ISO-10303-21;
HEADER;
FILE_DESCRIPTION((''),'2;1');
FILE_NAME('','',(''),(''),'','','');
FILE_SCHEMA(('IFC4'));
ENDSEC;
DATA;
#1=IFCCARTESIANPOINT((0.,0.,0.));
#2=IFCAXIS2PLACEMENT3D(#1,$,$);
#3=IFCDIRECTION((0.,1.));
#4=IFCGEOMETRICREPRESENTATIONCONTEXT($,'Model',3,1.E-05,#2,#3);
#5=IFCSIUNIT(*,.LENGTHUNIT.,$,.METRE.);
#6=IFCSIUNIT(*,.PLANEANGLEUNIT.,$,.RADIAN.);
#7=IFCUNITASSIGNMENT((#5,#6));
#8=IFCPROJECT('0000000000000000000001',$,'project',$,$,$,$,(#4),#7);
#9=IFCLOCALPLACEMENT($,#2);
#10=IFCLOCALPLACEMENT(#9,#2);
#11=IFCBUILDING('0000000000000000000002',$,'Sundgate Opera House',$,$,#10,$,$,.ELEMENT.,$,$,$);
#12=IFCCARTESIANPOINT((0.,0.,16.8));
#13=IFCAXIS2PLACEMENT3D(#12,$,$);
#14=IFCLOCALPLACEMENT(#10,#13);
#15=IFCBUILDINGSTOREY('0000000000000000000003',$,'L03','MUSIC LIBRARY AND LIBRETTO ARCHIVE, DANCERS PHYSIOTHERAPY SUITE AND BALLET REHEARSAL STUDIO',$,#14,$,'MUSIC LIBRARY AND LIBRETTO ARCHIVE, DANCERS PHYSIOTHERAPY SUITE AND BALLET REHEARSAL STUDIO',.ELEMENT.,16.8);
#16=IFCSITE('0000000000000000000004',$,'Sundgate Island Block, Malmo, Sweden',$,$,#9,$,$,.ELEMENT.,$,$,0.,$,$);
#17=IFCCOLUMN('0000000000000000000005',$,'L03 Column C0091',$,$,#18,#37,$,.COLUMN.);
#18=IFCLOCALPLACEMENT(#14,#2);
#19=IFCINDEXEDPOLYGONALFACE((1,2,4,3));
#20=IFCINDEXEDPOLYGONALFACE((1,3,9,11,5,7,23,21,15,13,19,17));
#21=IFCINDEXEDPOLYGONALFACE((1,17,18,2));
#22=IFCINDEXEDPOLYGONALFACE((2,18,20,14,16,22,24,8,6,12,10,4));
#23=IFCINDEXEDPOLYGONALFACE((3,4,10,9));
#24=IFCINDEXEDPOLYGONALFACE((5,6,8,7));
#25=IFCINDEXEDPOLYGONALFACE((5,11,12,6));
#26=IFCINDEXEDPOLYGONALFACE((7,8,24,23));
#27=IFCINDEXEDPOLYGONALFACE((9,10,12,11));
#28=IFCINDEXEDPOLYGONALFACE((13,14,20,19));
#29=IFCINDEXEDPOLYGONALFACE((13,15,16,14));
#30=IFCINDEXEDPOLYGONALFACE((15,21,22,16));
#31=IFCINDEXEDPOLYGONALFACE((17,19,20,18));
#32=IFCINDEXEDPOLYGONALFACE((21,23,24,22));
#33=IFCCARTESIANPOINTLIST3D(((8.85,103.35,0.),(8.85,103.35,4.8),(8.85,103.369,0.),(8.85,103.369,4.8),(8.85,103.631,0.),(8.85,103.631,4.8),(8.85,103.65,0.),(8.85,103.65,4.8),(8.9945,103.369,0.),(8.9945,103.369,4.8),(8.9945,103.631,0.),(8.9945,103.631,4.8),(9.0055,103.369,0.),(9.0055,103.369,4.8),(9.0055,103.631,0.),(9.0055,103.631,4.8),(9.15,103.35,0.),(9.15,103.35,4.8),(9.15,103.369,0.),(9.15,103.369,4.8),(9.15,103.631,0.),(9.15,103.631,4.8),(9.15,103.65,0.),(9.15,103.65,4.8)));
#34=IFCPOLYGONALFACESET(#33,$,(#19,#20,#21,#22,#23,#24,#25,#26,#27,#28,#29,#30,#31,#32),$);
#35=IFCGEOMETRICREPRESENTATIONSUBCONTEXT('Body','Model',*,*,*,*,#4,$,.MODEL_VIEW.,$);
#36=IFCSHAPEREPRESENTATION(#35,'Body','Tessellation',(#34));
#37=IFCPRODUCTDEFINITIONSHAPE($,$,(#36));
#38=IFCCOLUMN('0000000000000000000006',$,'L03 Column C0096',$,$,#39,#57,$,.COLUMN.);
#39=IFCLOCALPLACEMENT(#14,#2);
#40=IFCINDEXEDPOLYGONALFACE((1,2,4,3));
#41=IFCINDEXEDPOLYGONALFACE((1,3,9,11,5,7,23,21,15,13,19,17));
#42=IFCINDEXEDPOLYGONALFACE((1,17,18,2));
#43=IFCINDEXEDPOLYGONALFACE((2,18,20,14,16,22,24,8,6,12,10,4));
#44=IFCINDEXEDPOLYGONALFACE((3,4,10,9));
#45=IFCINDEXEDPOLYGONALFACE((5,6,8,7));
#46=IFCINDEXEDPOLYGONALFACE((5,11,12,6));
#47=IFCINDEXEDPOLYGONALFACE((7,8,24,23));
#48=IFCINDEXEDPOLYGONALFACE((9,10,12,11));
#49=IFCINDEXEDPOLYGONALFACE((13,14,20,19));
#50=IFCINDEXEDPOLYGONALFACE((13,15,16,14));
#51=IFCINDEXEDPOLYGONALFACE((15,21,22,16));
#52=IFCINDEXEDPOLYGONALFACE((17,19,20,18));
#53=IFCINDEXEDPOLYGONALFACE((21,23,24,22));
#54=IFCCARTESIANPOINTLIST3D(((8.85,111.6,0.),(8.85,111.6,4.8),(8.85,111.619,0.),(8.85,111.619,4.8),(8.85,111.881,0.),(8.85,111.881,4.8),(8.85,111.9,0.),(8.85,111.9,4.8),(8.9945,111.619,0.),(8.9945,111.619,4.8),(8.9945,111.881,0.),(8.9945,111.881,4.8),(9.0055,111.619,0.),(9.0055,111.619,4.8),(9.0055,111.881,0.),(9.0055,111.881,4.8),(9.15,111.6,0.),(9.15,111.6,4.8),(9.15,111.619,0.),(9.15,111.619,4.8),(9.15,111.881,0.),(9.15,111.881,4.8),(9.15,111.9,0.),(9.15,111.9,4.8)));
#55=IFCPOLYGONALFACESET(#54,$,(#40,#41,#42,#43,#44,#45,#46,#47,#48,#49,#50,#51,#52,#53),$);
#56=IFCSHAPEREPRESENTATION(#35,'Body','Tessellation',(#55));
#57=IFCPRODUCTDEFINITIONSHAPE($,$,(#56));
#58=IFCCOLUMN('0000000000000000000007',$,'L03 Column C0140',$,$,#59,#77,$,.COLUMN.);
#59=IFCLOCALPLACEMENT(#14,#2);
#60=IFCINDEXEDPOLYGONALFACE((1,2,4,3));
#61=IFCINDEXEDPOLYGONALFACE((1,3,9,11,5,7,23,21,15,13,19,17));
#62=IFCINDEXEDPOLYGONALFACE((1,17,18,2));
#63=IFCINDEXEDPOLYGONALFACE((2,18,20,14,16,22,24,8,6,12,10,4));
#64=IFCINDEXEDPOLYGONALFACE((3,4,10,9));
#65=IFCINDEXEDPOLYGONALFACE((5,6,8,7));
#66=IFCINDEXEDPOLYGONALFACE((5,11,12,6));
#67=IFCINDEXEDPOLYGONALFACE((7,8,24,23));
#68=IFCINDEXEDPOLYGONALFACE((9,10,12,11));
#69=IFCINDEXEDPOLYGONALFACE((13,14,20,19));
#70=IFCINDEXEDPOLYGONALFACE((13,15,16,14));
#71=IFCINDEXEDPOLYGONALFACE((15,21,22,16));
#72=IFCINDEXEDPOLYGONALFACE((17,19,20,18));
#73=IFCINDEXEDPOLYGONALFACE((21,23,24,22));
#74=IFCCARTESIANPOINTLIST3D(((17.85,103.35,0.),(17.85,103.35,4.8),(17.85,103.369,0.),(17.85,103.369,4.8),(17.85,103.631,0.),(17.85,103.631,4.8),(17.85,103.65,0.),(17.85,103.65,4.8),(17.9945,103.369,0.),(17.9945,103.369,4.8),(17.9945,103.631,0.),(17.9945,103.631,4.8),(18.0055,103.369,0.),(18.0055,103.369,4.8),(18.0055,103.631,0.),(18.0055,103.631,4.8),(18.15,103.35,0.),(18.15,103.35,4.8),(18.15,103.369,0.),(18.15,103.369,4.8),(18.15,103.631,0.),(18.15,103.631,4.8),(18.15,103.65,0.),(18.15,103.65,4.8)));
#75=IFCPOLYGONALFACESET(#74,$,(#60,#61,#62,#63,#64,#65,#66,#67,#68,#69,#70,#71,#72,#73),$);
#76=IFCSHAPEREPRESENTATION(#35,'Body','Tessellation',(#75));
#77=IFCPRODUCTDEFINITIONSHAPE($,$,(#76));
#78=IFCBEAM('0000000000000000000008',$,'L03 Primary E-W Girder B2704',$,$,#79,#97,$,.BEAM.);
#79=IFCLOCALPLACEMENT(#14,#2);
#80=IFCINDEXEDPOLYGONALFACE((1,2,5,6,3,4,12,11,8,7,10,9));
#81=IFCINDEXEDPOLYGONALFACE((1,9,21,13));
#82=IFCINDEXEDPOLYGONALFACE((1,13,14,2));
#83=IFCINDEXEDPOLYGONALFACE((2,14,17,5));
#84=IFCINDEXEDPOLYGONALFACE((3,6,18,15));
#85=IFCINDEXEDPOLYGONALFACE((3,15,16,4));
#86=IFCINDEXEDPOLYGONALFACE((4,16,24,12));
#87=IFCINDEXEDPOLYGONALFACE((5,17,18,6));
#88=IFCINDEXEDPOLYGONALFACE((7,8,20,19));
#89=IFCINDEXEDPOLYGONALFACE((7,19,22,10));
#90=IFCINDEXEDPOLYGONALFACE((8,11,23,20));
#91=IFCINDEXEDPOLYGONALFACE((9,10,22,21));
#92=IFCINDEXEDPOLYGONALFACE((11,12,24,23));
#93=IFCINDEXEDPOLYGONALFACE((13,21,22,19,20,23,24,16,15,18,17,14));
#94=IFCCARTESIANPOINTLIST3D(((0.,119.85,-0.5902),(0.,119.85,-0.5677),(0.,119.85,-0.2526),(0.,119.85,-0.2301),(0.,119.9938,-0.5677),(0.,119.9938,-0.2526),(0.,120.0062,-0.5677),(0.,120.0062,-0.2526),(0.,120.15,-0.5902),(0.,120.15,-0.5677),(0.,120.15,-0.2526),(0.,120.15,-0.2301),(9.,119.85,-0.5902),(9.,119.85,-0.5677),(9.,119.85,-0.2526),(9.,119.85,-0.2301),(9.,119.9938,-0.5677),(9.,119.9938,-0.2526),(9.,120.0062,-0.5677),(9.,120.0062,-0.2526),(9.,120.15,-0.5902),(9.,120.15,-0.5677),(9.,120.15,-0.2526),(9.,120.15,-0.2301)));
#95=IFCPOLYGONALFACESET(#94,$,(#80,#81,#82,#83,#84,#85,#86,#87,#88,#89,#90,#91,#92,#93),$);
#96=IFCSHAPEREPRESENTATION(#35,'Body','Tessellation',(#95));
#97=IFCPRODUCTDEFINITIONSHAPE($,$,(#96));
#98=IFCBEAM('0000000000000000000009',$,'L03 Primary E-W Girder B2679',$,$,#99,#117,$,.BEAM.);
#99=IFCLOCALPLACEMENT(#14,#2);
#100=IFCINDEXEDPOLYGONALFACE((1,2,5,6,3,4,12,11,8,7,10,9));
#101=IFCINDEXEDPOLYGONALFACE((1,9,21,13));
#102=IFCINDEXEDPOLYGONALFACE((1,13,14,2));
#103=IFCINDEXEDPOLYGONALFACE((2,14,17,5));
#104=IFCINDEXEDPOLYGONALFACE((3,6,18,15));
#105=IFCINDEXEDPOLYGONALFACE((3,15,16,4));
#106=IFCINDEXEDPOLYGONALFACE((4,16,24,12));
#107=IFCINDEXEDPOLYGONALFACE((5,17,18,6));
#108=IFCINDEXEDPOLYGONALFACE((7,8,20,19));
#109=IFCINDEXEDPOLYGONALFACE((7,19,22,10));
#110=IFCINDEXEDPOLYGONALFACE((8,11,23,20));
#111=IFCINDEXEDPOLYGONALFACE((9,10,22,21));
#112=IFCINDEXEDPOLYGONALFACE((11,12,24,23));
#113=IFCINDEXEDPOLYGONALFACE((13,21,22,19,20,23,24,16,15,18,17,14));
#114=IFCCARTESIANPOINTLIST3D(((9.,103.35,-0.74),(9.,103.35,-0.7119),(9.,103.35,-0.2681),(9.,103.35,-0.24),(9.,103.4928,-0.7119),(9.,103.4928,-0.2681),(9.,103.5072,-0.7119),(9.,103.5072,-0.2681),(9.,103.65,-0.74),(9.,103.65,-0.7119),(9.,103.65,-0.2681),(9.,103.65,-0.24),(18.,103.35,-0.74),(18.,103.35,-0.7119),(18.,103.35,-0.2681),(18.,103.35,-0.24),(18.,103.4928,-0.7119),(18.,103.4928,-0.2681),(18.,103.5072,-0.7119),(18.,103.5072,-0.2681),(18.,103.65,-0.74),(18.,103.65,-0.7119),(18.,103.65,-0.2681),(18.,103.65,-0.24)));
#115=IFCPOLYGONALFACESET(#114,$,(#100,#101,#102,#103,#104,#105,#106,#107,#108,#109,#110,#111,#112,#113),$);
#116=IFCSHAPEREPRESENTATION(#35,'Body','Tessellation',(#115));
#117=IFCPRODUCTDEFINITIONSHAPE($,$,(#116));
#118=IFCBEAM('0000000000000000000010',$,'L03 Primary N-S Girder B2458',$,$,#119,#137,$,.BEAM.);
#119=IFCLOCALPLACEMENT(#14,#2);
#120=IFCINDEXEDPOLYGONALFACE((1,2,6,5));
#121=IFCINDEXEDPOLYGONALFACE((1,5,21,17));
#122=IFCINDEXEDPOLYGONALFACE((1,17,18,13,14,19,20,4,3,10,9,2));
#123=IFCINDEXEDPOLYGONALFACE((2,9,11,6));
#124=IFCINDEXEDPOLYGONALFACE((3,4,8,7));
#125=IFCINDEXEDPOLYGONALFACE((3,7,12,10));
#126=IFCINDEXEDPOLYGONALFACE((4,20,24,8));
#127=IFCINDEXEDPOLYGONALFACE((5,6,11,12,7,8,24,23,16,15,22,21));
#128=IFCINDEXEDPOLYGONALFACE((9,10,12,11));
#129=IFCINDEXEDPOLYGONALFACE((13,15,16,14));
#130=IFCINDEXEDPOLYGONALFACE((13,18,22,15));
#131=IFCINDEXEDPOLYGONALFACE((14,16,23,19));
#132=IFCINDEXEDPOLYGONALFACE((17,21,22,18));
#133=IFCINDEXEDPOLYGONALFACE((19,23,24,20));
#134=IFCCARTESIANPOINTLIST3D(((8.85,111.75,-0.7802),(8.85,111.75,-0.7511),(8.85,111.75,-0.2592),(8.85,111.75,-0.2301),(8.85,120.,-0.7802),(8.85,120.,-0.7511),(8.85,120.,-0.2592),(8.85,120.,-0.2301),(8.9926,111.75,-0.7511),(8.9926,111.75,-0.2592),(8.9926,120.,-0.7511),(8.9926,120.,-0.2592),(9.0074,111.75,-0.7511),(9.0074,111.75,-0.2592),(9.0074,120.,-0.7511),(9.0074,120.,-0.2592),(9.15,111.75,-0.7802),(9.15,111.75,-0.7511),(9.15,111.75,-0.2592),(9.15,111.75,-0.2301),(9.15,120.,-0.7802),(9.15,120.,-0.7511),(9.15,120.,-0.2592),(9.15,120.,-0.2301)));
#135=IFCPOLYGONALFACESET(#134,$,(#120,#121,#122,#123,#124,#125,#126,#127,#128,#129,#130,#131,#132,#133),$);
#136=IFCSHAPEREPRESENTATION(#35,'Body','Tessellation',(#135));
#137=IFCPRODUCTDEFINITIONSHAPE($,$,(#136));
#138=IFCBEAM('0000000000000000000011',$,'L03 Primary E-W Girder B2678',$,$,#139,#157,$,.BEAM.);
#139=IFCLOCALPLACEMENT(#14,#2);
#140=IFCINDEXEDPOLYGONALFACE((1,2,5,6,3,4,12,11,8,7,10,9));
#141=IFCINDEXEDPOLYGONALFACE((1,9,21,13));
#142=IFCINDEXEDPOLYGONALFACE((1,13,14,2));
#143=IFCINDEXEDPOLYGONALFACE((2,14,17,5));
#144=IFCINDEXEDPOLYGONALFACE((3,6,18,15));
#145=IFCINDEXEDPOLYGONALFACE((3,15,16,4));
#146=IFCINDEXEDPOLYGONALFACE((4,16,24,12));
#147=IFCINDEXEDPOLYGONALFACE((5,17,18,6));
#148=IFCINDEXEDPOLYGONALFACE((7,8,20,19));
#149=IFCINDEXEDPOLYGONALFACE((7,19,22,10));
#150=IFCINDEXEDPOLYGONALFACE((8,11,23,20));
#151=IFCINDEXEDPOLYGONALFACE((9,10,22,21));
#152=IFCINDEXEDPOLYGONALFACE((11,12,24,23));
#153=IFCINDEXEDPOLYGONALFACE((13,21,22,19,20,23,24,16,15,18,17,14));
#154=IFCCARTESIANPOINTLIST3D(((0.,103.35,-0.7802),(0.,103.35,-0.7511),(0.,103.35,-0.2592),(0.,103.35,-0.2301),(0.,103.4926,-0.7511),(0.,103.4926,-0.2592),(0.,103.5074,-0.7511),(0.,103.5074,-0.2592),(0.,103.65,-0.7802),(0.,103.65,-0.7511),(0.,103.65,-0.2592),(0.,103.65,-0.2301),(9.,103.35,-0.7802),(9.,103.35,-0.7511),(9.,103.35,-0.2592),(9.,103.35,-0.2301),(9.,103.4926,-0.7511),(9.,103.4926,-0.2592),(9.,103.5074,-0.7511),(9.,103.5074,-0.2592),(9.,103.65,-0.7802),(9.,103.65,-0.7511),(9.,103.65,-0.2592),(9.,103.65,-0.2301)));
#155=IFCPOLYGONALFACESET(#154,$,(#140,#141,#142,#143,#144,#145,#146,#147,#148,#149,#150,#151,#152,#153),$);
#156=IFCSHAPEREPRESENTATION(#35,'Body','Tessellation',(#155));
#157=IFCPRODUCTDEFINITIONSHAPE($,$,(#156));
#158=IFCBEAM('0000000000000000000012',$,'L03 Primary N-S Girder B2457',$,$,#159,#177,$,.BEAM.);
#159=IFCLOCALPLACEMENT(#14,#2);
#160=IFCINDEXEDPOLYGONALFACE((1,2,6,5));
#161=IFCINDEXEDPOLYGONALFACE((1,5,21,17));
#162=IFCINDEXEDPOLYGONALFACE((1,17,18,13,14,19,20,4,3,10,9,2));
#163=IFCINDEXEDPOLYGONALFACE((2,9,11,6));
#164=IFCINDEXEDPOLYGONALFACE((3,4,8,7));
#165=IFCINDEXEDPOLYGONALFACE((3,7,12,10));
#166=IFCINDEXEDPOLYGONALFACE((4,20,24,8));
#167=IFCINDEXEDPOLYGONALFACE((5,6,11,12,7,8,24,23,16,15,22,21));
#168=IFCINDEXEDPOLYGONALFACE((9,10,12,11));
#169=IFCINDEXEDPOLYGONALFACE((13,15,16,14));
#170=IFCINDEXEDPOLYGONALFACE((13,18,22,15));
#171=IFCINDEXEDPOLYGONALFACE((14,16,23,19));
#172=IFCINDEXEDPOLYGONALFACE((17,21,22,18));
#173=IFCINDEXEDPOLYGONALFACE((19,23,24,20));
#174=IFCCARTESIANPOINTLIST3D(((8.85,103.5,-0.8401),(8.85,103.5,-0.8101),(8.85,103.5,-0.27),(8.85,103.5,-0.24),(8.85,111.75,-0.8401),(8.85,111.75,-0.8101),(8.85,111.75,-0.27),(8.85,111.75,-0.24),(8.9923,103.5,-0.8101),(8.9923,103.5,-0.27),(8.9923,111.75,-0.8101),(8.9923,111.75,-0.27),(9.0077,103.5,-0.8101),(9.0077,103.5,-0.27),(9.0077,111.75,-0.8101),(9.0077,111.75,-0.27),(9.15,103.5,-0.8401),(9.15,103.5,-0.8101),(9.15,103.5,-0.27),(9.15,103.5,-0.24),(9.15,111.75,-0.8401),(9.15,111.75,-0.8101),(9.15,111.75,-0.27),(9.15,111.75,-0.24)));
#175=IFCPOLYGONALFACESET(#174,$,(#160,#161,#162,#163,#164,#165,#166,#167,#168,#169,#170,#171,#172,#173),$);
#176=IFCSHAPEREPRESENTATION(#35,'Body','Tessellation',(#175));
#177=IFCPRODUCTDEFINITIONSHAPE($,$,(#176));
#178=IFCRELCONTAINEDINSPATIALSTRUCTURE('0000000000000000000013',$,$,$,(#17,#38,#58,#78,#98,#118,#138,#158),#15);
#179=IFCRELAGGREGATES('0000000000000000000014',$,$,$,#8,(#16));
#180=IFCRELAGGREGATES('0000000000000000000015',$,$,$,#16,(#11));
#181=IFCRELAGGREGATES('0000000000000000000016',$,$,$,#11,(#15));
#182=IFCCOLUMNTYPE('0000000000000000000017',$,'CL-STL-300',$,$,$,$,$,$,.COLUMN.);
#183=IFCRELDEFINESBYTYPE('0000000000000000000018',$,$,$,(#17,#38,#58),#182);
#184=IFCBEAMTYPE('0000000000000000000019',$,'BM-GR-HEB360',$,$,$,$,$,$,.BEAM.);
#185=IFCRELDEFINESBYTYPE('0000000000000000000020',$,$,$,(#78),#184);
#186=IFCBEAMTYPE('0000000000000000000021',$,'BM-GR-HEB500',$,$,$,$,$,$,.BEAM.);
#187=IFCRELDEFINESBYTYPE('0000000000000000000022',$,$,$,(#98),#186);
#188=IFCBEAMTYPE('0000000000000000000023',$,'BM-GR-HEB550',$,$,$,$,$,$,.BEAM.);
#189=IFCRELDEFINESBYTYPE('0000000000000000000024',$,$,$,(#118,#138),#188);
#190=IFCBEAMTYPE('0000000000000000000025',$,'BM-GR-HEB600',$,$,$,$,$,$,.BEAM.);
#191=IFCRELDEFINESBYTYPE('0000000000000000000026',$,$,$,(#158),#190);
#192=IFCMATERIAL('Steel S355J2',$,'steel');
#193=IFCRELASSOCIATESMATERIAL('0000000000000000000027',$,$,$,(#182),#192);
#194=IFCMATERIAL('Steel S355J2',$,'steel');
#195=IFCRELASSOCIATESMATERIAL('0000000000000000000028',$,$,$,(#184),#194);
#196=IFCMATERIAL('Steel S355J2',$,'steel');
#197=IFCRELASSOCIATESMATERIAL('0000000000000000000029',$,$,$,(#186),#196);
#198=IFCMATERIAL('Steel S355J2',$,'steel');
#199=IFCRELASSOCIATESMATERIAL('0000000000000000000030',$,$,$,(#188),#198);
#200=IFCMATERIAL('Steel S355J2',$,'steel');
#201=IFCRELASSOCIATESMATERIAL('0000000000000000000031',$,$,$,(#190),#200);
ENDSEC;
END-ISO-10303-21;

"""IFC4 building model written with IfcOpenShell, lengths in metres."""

from ifc_helpers import new_model, si_unit, direction, frame, origin, origin_2d, place, context, subcontext, project, spatial, i_section, extrude, material, material_profile, profile_set, type_object, element, save


model = new_model("IFC4")

# Units and contexts
model_context = context("Model", 3, precision=1e-05, world=origin(), true_north=direction((0.0, 1.0)))
body_context = subcontext(model_context, "Body", "Model", "MODEL_VIEW")
ifc_project = project(units=[si_unit("LENGTHUNIT", "METRE"), si_unit("PLANEANGLEUNIT", "RADIAN")], contexts=[model_context])

# Site, building, storey
site_placement = place(None, origin())
site = spatial("IfcSite", under=ifc_project, at=site_placement, Name="Sundgate Island Block, Malmo, Sweden", CompositionType="ELEMENT", RefElevation=0.0)
building_placement = place(site_placement, origin())
building = spatial("IfcBuilding", under=site, at=building_placement, Name="Sundgate Opera House", CompositionType="ELEMENT")
storey_placement = place(building_placement, frame((0.0, 0.0, 16.8)))
storey = spatial("IfcBuildingStorey", under=building, at=storey_placement, Name="L03", Description="MUSIC LIBRARY AND LIBRETTO ARCHIVE, DANCERS PHYSIOTHERAPY SUITE AND BALLET REHEARSAL STUDIO", LongName="MUSIC LIBRARY AND LIBRETTO ARCHIVE, DANCERS PHYSIOTHERAPY SUITE AND BALLET REHEARSAL STUDIO", CompositionType="ELEMENT", Elevation=16.8)

# Columns
ifc_material_1 = material(Name="Steel S355J2", Category="steel")
ifc_material_profile_1 = material_profile(ifc_material_1, i_section(OverallWidth=0.3, OverallDepth=0.3, WebThickness=0.011, FlangeThickness=0.019, at=origin_2d()), Name="HEB 300")
ifc_profile_set_1 = profile_set([ifc_material_profile_1], Name="Steel S355J2")
column_type = type_object("IfcColumnType", Name="CL-STL-300", PredefinedType="COLUMN", material=ifc_profile_set_1)
for number, where, z_axis, x_axis, name in (
    (1, (9.0, 103.5, 0.0), (0.0, 0.0, 1.0), (1.0, 0.0, 0.0), "L03 Column C0091"),
    (2, (9.0, 111.75, 0.0), (0.0, 0.0, 1.0), (1.0, 0.0, 0.0), "L03 Column C0096"),
    (3, (18.0, 103.5, 0.0), (0.0, 0.0, 1.0), (1.0, 0.0, 0.0), "L03 Column C0140"),
):
    element("IfcColumn", number, at=place(storey_placement, frame(where, z_axis=z_axis, x_axis=x_axis)), inside=storey, type_object=column_type, Name=name, PredefinedType="COLUMN", context=body_context, shape_type="SweptSolid", body=[
        extrude(i_section(OverallWidth=0.3, OverallDepth=0.3, WebThickness=0.011, FlangeThickness=0.019, at=origin_2d()), origin(), (0.0, 0.0, 1.0), 4.8),
    ])

# Beams
ifc_material_2 = material(Name="Steel S355J2", Category="steel")
ifc_material_profile_2 = material_profile(ifc_material_2, i_section(OverallWidth=0.3, OverallDepth=0.3601, WebThickness=0.0125, FlangeThickness=0.0225, at=origin_2d()), Name="HEB 360")
ifc_profile_set_2 = profile_set([ifc_material_profile_2], Name="Steel S355J2")
beam_type_1 = type_object("IfcBeamType", Name="BM-GR-HEB360", PredefinedType="BEAM", material=ifc_profile_set_2)
beam_1_placement = place(storey_placement, frame((0.0, 120.0, -0.4102), z_axis=(1.0, 0.0, 0.0), x_axis=(0.0, 1.0, 0.0)))
element("IfcBeam", 4, at=beam_1_placement, inside=storey, type_object=beam_type_1, Name="L03 Primary E-W Girder B2704", PredefinedType="BEAM", context=body_context, shape_type="SweptSolid", body=[
    extrude(i_section(OverallWidth=0.3, OverallDepth=0.3601, WebThickness=0.0125, FlangeThickness=0.0225, at=origin_2d()), origin(), (0.0, 0.0, 1.0), 9.0),
])
ifc_material_3 = material(Name="Steel S355J2", Category="steel")
ifc_material_profile_3 = material_profile(ifc_material_3, i_section(OverallWidth=0.3, OverallDepth=0.5, WebThickness=0.0144, FlangeThickness=0.0281, at=origin_2d()), Name="HEB 500")
ifc_profile_set_3 = profile_set([ifc_material_profile_3], Name="Steel S355J2")
beam_type_2 = type_object("IfcBeamType", Name="BM-GR-HEB500", PredefinedType="BEAM", material=ifc_profile_set_3)
beam_2_placement = place(storey_placement, frame((9.0, 103.5, -0.49), z_axis=(1.0, 0.0, 0.0), x_axis=(0.0, 1.0, 0.0)))
element("IfcBeam", 5, at=beam_2_placement, inside=storey, type_object=beam_type_2, Name="L03 Primary E-W Girder B2679", PredefinedType="BEAM", context=body_context, shape_type="SweptSolid", body=[
    extrude(i_section(OverallWidth=0.3, OverallDepth=0.5, WebThickness=0.0144, FlangeThickness=0.0281, at=origin_2d()), origin(), (0.0, 0.0, 1.0), 9.0),
])
ifc_material_4 = material(Name="Steel S355J2", Category="steel")
ifc_material_profile_4 = material_profile(ifc_material_4, i_section(OverallWidth=0.3, OverallDepth=0.55, WebThickness=0.0149, FlangeThickness=0.0291, at=origin_2d()), Name="HEB 550")
ifc_profile_set_4 = profile_set([ifc_material_profile_4], Name="Steel S355J2")
beam_type_3 = type_object("IfcBeamType", Name="BM-GR-HEB550", PredefinedType="BEAM", material=ifc_profile_set_4)
beam_3_placement = place(storey_placement, frame((9.0, 111.75, -0.5051), z_axis=(0.0, 1.0, 0.0), x_axis=(-1.0, 0.0, 0.0)))
element("IfcBeam", 6, at=beam_3_placement, inside=storey, type_object=beam_type_3, Name="L03 Primary N-S Girder B2458", PredefinedType="BEAM", context=body_context, shape_type="SweptSolid", body=[
    extrude(i_section(OverallWidth=0.3, OverallDepth=0.55, WebThickness=0.0149, FlangeThickness=0.0291, at=origin_2d()), origin(), (0.0, 0.0, 1.0), 8.25),
])
beam_4_placement = place(storey_placement, frame((0.0, 103.5, -0.5051), z_axis=(1.0, 0.0, 0.0), x_axis=(0.0, 1.0, 0.0)))
element("IfcBeam", 7, at=beam_4_placement, inside=storey, type_object=beam_type_3, Name="L03 Primary E-W Girder B2678", PredefinedType="BEAM", context=body_context, shape_type="SweptSolid", body=[
    extrude(i_section(OverallWidth=0.3, OverallDepth=0.55, WebThickness=0.0149, FlangeThickness=0.0291, at=origin_2d()), origin(), (0.0, 0.0, 1.0), 9.0),
])
ifc_material_5 = material(Name="Steel S355J2", Category="steel")
ifc_material_profile_5 = material_profile(ifc_material_5, i_section(OverallWidth=0.3, OverallDepth=0.6001, WebThickness=0.0154, FlangeThickness=0.03, at=origin_2d()), Name="HEB 600")
ifc_profile_set_5 = profile_set([ifc_material_profile_5], Name="Steel S355J2")
beam_type_4 = type_object("IfcBeamType", Name="BM-GR-HEB600", PredefinedType="BEAM", material=ifc_profile_set_5)
beam_5_placement = place(storey_placement, frame((9.0, 103.5, -0.54), z_axis=(0.0, 1.0, 0.0), x_axis=(-1.0, 0.0, 0.0)))
element("IfcBeam", 8, at=beam_5_placement, inside=storey, type_object=beam_type_4, Name="L03 Primary N-S Girder B2457", PredefinedType="BEAM", context=body_context, shape_type="SweptSolid", body=[
    extrude(i_section(OverallWidth=0.3, OverallDepth=0.6001, WebThickness=0.0154, FlangeThickness=0.03, at=origin_2d()), origin(), (0.0, 0.0, 1.0), 8.25),
])

save(model, "model.ifc")
